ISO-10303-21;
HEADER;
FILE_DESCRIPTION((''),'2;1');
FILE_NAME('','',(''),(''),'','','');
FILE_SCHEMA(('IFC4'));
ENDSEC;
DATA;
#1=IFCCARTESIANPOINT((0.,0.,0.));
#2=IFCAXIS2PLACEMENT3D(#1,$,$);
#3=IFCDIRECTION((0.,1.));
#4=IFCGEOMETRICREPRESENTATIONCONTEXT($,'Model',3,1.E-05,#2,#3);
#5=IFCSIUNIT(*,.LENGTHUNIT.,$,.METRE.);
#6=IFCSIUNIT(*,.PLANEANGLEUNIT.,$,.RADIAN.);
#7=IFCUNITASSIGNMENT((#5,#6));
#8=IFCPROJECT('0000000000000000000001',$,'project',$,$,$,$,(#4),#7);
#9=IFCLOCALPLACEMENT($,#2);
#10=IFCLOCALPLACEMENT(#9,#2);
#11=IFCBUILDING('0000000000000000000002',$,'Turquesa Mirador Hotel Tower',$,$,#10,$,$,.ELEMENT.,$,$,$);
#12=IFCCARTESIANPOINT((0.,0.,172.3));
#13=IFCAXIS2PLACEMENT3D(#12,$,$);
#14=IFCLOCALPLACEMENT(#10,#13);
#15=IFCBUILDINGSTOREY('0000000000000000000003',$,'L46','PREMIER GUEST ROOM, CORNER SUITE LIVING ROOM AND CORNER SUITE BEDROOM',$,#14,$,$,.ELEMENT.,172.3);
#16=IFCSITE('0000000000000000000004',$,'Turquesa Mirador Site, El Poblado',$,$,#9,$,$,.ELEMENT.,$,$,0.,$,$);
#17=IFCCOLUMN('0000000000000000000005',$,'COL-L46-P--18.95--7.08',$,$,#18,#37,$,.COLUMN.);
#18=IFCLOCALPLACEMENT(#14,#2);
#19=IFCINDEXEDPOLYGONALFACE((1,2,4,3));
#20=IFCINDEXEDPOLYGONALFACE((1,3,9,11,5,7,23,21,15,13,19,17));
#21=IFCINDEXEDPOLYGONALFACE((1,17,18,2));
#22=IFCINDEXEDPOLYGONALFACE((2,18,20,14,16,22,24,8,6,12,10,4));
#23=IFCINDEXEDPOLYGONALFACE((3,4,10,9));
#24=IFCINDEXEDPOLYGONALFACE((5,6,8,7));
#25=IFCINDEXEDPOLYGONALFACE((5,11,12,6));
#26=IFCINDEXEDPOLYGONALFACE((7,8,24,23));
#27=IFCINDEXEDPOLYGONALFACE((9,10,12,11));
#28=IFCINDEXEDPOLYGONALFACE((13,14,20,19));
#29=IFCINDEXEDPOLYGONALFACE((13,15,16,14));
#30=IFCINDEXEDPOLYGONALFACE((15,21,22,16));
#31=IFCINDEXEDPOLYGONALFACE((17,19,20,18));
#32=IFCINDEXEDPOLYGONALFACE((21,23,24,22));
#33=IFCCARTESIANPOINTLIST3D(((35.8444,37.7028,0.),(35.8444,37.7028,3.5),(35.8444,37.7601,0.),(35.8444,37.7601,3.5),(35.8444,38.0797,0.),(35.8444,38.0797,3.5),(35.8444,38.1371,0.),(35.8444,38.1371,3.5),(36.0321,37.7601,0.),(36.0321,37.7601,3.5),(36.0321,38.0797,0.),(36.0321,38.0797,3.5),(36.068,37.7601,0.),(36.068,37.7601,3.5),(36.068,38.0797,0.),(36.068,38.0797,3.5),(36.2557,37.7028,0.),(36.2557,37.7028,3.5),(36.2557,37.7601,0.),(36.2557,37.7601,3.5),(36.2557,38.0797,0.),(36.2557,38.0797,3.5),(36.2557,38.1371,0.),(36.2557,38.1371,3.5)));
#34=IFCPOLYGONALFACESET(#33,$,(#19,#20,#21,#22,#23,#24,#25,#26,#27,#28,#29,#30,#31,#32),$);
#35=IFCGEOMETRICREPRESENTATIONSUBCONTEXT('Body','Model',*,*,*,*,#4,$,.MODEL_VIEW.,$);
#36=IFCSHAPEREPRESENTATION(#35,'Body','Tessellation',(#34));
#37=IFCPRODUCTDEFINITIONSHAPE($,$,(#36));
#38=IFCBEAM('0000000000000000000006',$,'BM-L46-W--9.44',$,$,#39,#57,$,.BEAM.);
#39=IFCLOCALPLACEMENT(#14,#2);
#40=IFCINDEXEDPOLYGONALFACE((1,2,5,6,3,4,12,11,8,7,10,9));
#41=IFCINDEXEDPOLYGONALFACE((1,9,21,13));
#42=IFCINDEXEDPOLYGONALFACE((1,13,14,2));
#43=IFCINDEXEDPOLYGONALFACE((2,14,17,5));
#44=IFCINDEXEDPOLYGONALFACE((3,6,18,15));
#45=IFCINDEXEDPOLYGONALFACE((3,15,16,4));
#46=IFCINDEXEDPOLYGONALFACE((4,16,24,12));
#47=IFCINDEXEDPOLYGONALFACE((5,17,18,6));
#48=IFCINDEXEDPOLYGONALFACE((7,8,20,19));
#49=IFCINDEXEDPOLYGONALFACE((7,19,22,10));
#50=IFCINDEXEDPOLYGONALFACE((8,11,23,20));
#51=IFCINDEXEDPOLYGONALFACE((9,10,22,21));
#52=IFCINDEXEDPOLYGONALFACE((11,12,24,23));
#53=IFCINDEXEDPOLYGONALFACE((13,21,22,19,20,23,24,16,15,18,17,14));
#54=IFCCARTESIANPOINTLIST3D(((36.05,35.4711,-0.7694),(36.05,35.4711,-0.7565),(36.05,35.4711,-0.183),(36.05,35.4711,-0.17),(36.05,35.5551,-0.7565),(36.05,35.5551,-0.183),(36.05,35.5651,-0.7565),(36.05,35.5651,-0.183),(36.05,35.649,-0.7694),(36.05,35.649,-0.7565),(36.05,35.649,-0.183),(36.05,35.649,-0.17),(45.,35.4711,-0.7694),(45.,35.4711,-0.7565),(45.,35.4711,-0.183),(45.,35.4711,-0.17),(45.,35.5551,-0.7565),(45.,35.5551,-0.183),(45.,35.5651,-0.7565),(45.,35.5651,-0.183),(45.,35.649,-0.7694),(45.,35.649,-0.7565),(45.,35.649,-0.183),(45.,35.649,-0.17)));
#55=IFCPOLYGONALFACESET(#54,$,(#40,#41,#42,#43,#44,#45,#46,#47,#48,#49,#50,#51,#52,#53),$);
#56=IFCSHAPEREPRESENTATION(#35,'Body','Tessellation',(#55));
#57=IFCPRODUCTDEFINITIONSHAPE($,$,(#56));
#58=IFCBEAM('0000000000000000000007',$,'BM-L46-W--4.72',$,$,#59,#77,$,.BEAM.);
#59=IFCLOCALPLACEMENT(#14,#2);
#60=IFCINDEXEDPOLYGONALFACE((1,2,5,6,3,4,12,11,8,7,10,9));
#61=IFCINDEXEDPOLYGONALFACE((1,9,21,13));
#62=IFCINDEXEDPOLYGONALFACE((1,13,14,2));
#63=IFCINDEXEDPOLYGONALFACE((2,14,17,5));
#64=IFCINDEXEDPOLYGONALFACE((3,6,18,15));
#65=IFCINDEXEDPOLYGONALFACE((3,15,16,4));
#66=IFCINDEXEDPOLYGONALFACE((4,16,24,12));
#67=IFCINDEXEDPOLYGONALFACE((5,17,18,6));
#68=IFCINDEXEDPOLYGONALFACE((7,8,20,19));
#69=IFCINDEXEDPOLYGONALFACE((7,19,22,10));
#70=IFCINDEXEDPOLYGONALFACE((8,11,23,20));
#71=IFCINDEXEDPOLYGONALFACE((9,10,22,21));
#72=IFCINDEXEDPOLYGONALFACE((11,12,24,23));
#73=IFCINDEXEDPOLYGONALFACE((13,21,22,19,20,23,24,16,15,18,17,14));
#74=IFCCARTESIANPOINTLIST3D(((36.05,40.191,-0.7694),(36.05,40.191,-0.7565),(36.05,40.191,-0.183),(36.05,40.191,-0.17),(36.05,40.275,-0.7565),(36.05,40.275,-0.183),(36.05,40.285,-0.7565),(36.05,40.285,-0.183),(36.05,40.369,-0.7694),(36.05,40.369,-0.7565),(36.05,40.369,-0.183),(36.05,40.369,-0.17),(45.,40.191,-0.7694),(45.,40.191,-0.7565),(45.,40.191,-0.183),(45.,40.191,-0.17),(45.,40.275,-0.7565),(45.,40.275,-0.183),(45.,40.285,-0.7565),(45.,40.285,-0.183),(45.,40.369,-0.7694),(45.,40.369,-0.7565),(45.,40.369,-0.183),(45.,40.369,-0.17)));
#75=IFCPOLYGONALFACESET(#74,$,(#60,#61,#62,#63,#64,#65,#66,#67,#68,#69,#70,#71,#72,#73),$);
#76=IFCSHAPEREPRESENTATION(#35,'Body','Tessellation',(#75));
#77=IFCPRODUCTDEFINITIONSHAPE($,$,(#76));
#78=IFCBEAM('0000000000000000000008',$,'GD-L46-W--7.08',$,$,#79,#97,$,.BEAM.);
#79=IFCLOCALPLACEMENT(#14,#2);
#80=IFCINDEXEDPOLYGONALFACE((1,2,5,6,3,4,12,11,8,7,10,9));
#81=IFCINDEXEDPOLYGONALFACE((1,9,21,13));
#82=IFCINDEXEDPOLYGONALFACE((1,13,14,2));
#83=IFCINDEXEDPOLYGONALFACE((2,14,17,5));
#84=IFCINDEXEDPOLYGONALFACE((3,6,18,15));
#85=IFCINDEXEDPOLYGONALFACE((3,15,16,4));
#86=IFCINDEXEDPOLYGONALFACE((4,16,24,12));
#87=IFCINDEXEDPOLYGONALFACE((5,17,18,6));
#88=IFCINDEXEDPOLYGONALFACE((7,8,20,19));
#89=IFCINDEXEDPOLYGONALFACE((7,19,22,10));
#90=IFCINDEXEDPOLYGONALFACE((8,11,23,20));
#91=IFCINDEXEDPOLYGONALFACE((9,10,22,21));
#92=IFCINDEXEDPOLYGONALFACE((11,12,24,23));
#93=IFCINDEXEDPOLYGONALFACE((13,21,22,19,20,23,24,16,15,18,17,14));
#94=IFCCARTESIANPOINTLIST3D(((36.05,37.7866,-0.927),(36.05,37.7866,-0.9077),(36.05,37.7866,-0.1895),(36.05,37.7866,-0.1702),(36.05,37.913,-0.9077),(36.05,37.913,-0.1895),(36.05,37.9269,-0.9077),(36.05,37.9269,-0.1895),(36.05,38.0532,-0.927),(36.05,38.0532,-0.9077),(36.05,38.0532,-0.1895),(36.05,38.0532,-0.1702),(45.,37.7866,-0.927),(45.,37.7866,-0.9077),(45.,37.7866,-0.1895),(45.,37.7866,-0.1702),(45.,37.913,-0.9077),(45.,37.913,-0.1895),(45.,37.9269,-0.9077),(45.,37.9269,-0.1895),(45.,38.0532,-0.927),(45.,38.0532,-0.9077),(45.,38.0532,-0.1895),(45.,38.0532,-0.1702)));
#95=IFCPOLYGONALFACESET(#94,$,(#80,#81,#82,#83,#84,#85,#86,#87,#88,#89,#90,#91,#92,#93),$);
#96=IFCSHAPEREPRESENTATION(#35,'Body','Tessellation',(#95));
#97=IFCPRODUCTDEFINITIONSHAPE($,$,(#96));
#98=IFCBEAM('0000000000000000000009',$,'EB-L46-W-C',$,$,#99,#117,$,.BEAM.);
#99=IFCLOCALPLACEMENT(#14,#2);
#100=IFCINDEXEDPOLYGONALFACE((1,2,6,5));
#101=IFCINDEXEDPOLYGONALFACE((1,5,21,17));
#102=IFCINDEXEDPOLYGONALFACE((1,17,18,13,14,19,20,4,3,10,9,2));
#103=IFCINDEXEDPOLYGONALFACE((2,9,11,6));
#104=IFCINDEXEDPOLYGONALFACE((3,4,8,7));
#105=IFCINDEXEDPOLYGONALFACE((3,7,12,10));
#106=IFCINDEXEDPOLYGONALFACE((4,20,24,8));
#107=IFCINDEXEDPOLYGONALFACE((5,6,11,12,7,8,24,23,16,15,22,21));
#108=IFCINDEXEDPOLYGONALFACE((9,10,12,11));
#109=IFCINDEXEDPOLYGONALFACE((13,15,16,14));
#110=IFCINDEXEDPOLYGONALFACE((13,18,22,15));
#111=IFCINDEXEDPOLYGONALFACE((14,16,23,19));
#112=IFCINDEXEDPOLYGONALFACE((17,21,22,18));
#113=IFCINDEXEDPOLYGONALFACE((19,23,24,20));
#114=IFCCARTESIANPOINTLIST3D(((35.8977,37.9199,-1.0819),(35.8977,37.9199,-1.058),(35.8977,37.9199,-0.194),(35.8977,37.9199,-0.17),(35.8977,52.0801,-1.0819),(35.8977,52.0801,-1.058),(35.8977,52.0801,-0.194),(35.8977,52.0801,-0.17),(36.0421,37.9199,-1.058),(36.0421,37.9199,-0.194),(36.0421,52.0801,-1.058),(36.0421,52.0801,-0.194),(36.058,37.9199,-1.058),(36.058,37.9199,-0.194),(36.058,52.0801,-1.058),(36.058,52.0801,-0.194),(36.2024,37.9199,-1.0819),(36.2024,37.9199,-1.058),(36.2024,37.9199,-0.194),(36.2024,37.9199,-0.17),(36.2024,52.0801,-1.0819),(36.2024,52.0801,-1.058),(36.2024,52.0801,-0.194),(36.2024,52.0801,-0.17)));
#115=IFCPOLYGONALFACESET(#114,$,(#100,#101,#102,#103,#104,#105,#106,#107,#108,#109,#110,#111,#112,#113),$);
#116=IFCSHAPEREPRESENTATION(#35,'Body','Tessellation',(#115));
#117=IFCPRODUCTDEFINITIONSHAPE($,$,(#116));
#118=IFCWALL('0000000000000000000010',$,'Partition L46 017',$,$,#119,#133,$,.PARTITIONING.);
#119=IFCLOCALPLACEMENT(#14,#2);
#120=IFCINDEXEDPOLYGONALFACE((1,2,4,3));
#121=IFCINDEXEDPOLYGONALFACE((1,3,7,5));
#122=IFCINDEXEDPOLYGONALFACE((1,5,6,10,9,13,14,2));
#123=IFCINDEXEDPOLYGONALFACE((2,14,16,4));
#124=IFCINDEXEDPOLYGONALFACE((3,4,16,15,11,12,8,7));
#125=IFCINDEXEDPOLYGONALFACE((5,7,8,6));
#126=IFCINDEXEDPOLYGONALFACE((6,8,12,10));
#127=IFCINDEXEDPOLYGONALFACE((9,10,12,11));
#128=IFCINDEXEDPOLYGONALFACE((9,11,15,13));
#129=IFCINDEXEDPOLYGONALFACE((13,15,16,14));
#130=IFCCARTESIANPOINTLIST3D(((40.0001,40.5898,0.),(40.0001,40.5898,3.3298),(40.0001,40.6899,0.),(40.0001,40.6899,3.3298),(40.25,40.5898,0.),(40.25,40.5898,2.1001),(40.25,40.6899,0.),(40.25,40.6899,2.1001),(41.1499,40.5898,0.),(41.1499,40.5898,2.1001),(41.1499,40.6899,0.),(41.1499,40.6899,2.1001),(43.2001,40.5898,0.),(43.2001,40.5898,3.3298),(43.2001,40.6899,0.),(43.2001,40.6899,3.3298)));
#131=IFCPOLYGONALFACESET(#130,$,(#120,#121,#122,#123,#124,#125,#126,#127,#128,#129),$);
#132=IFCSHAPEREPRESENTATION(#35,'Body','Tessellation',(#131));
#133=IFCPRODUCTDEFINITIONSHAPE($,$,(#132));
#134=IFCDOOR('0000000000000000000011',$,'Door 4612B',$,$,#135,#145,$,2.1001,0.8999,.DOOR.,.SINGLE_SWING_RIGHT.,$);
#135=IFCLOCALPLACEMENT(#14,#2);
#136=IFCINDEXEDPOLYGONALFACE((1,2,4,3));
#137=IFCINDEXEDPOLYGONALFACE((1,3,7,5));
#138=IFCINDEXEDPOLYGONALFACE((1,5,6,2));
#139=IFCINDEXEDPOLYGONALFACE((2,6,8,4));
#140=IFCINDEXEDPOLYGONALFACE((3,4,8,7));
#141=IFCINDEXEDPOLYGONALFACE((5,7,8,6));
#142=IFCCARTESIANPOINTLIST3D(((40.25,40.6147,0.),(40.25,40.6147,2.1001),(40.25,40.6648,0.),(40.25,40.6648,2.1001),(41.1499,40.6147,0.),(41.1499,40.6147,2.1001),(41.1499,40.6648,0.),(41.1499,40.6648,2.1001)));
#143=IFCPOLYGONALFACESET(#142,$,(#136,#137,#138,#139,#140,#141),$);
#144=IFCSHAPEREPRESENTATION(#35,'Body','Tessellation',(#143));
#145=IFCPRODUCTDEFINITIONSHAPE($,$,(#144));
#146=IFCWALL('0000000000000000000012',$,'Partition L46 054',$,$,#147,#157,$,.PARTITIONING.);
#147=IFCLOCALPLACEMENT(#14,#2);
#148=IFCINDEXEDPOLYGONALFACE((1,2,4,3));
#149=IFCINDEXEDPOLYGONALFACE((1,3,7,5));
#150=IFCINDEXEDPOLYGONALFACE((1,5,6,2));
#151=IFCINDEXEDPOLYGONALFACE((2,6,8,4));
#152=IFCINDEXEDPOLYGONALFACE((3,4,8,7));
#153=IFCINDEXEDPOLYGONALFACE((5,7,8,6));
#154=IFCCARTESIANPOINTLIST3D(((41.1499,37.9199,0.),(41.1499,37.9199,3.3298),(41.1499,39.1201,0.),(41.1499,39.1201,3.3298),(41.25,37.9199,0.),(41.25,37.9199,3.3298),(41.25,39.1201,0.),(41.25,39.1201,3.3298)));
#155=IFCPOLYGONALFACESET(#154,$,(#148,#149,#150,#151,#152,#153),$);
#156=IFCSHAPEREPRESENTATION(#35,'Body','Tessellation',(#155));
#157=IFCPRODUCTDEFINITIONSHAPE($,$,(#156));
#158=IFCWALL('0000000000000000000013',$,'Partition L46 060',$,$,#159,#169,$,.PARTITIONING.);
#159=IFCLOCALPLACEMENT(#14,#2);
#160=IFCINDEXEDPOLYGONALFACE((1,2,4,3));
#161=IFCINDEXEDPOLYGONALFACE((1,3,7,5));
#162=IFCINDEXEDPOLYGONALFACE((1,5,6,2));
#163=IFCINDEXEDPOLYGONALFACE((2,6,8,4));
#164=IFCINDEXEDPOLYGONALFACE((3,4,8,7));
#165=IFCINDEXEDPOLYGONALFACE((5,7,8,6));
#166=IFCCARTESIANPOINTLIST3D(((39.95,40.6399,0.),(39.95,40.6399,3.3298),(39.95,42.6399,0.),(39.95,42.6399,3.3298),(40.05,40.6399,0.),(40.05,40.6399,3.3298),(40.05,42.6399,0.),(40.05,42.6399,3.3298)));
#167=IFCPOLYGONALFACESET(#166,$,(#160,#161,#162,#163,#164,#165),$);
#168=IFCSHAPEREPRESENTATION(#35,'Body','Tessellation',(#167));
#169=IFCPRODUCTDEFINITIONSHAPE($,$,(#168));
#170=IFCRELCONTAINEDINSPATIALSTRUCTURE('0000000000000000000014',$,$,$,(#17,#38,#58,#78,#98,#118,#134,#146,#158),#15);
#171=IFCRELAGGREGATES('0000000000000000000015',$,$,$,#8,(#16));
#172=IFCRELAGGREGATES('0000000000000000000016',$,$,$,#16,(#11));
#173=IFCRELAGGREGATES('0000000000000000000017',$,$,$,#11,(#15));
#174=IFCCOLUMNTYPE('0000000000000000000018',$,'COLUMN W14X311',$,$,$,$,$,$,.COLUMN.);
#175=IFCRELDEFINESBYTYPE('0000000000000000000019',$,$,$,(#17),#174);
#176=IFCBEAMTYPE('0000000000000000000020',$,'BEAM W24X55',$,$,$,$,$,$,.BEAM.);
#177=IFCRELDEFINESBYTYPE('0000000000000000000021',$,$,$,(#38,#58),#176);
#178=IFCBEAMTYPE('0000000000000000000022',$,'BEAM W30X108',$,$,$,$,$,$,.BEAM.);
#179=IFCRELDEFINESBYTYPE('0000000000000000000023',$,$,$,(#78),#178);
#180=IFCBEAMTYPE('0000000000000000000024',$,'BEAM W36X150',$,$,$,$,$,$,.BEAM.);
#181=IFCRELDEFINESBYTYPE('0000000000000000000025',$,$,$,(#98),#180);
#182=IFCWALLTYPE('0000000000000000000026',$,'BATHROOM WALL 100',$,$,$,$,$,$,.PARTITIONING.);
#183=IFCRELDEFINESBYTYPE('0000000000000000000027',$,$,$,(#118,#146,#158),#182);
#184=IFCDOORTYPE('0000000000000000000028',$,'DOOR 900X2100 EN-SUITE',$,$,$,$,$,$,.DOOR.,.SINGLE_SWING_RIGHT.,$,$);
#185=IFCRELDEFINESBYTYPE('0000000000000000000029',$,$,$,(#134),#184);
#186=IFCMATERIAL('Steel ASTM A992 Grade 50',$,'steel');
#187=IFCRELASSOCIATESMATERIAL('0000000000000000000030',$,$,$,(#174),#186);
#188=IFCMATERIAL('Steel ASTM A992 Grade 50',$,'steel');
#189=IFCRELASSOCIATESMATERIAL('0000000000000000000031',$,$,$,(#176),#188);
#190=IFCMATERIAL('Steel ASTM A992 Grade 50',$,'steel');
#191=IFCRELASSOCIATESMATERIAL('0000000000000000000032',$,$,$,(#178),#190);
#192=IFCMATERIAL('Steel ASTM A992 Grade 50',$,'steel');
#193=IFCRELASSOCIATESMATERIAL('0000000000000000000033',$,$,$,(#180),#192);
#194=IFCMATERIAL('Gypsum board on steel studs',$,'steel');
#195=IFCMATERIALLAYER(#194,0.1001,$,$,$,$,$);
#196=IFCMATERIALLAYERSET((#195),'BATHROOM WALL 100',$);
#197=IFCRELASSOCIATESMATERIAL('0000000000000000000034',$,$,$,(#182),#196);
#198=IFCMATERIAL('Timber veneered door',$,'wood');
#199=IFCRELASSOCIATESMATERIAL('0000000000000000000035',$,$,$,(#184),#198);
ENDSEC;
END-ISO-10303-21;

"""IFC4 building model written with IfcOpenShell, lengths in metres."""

from ifc_helpers import new_model, si_unit, direction, frame, frame_2d, origin, origin_2d, place, context, subcontext, project, spatial, rectangle, i_section, extrude, material, layer, layer_set, material_profile, profile_set, type_object, element, fill, save


model = new_model("IFC4")

# Units and contexts
model_context = context("Model", 3, precision=1e-05, world=origin(), true_north=direction((0.0, 1.0)))
body_context = subcontext(model_context, "Body", "Model", "MODEL_VIEW")
ifc_project = project(units=[si_unit("LENGTHUNIT", "METRE"), si_unit("PLANEANGLEUNIT", "RADIAN")], contexts=[model_context])

# Site, building, storey
site_placement = place(None, origin())
site = spatial("IfcSite", under=ifc_project, at=site_placement, Name="Turquesa Mirador Site, El Poblado", CompositionType="ELEMENT", RefElevation=0.0)
building_placement = place(site_placement, origin())
building = spatial("IfcBuilding", under=site, at=building_placement, Name="Turquesa Mirador Hotel Tower", CompositionType="ELEMENT")
storey_placement = place(building_placement, frame((0.0, 0.0, 172.3)))
storey = spatial("IfcBuildingStorey", under=building, at=storey_placement, Name="L46", Description="PREMIER GUEST ROOM, CORNER SUITE LIVING ROOM AND CORNER SUITE BEDROOM", CompositionType="ELEMENT", Elevation=172.3)

# Column
ifc_material_1 = material(Name="Steel ASTM A992 Grade 50", Category="steel")
ifc_material_profile_1 = material_profile(ifc_material_1, i_section(OverallWidth=0.4114, OverallDepth=0.4343, WebThickness=0.0359, FlangeThickness=0.0574, at=origin_2d()), Name="W14X311")
ifc_profile_set_1 = profile_set([ifc_material_profile_1], Name="Steel ASTM A992 Grade 50")
column_type = type_object("IfcColumnType", Name="COLUMN W14X311", PredefinedType="COLUMN", material=ifc_profile_set_1)
column_placement = place(storey_placement, frame((36.05, 37.9199, 0.0), z_axis=(0.0, 0.0, 1.0), x_axis=(1.0, 0.0, 0.0)))
element("IfcColumn", 1, at=column_placement, inside=storey, type_object=column_type, Name="COL-L46-P--18.95--7.08", PredefinedType="COLUMN", context=body_context, shape_type="SweptSolid", body=[
    extrude(i_section(OverallWidth=0.4114, OverallDepth=0.4343, WebThickness=0.0359, FlangeThickness=0.0574, at=origin_2d()), origin(), (0.0, 0.0, 1.0), 3.5),
])

# Beams
ifc_material_2 = material(Name="Steel ASTM A992 Grade 50", Category="steel")
ifc_material_profile_2 = material_profile(ifc_material_2, i_section(OverallWidth=0.178, OverallDepth=0.5994, WebThickness=0.01, FlangeThickness=0.0129, at=origin_2d()), Name="W24X55")
ifc_profile_set_2 = profile_set([ifc_material_profile_2], Name="Steel ASTM A992 Grade 50")
beam_type_1 = type_object("IfcBeamType", Name="BEAM W24X55", PredefinedType="BEAM", material=ifc_profile_set_2)
for number, where, z_axis, x_axis, name in (
    (2, (36.05, 35.5601, -0.4697), (1.0, 0.0, 0.0), (0.0, 1.0, 0.0), "BM-L46-W--9.44"),
    (3, (36.05, 40.28, -0.4697), (1.0, 0.0, 0.0), (0.0, 1.0, 0.0), "BM-L46-W--4.72"),
):
    element("IfcBeam", number, at=place(storey_placement, frame(where, z_axis=z_axis, x_axis=x_axis)), inside=storey, type_object=beam_type_1, Name=name, PredefinedType="BEAM", context=body_context, shape_type="SweptSolid", body=[
        extrude(i_section(OverallWidth=0.178, OverallDepth=0.5994, WebThickness=0.01, FlangeThickness=0.0129, at=origin_2d()), origin(), (0.0, 0.0, 1.0), 8.95),
    ])
ifc_material_3 = material(Name="Steel ASTM A992 Grade 50", Category="steel")
ifc_material_profile_3 = material_profile(ifc_material_3, i_section(OverallWidth=0.2666, OverallDepth=0.7568, WebThickness=0.0139, FlangeThickness=0.0193, at=origin_2d()), Name="W30X108")
ifc_profile_set_3 = profile_set([ifc_material_profile_3], Name="Steel ASTM A992 Grade 50")
beam_type_2 = type_object("IfcBeamType", Name="BEAM W30X108", PredefinedType="BEAM", material=ifc_profile_set_3)
beam_1_placement = place(storey_placement, frame((36.05, 37.9199, -0.5486), z_axis=(1.0, 0.0, 0.0), x_axis=(0.0, 1.0, 0.0)))
element("IfcBeam", 4, at=beam_1_placement, inside=storey, type_object=beam_type_2, Name="GD-L46-W--7.08", PredefinedType="BEAM", context=body_context, shape_type="SweptSolid", body=[
    extrude(i_section(OverallWidth=0.2666, OverallDepth=0.7568, WebThickness=0.0139, FlangeThickness=0.0193, at=origin_2d()), origin(), (0.0, 0.0, 1.0), 8.95),
])
ifc_material_4 = material(Name="Steel ASTM A992 Grade 50", Category="steel")
ifc_material_profile_4 = material_profile(ifc_material_4, i_section(OverallWidth=0.3047, OverallDepth=0.9119, WebThickness=0.0159, FlangeThickness=0.0239, at=origin_2d()), Name="W36X150")
ifc_profile_set_4 = profile_set([ifc_material_profile_4], Name="Steel ASTM A992 Grade 50")
beam_type_3 = type_object("IfcBeamType", Name="BEAM W36X150", PredefinedType="BEAM", material=ifc_profile_set_4)
beam_2_placement = place(storey_placement, frame((36.05, 37.9199, -0.626), z_axis=(0.0, 1.0, 0.0), x_axis=(-1.0, 0.0, 0.0)))
element("IfcBeam", 5, at=beam_2_placement, inside=storey, type_object=beam_type_3, Name="EB-L46-W-C", PredefinedType="BEAM", context=body_context, shape_type="SweptSolid", body=[
    extrude(i_section(OverallWidth=0.3047, OverallDepth=0.9119, WebThickness=0.0159, FlangeThickness=0.0239, at=origin_2d()), origin(), (0.0, 0.0, 1.0), 14.1602),
])

# Wall, opening, door
ifc_material_5 = material(Name="Gypsum board on steel studs", Category="steel")
ifc_layer = layer(ifc_material_5, 0.1001)
ifc_layer_set = layer_set([ifc_layer], Name="BATHROOM WALL 100")
wall_type = type_object("IfcWallType", Name="BATHROOM WALL 100", PredefinedType="PARTITIONING", material=ifc_layer_set)
wall_1_placement = place(storey_placement, frame((40.0, 40.6399, 0.0), z_axis=(0.0, 0.0, 1.0), x_axis=(1.0, 0.0, 0.0)))
wall_1 = element("IfcWall", 6, at=wall_1_placement, inside=storey, type_object=wall_type, Name="Partition L46 017", PredefinedType="PARTITIONING", context=body_context, shape_type="SweptSolid", body=[
    extrude(rectangle(XDim=3.2, YDim=0.1001, at=frame_2d((1.6001, 0.0))), origin(), (0.0, 0.0, 1.0), 3.3298),
])
opening_placement = place(wall_1_placement, frame((0.25, 0.0, 0.0)))
opening = element("IfcOpeningElement", 7, at=opening_placement, cuts=wall_1, PredefinedType="OPENING", context=body_context, shape_type="SweptSolid", body=[
    extrude(rectangle(XDim=0.8999, YDim=2.1001, at=frame_2d((0.45, 1.05))), frame((0.0, 0.0601, 0.0), z_axis=(0.0, -1.0, 0.0), x_axis=(1.0, 0.0, 0.0)), (0.0, 0.0, 1.0), 0.1201),
])
ifc_material_6 = material(Name="Timber veneered door", Category="wood")
door_type = type_object("IfcDoorType", Name="DOOR 900X2100 EN-SUITE", OperationType="SINGLE_SWING_RIGHT", PredefinedType="DOOR", material=ifc_material_6)
door_placement = place(opening_placement, origin())
door = element("IfcDoor", 8, at=door_placement, inside=storey, type_object=door_type, Name="Door 4612B", OperationType="SINGLE_SWING_RIGHT", OverallHeight=2.1001, OverallWidth=0.8999, PredefinedType="DOOR", context=body_context, shape_type="SweptSolid", body=[
    extrude(rectangle(XDim=0.8999, YDim=2.1001, at=frame_2d((0.45, 1.05))), frame((0.0, 0.0249, 0.0), z_axis=(0.0, -1.0, 0.0), x_axis=(1.0, 0.0, 0.0)), (0.0, 0.0, 1.0), 0.05),
])
fill(opening, door)

# Walls
wall_2_placement = place(storey_placement, frame((41.2, 37.9199, 0.0), z_axis=(0.0, 0.0, 1.0), x_axis=(0.0, 1.0, 0.0)))
element("IfcWall", 9, at=wall_2_placement, inside=storey, type_object=wall_type, Name="Partition L46 054", PredefinedType="PARTITIONING", context=body_context, shape_type="SweptSolid", body=[
    extrude(rectangle(XDim=1.2002, YDim=0.1001, at=frame_2d((0.6001, 0.0))), origin(), (0.0, 0.0, 1.0), 3.3298),
])
wall_3_placement = place(storey_placement, frame((40.0, 40.6399, 0.0), z_axis=(0.0, 0.0, 1.0), x_axis=(0.0, 1.0, 0.0)))
element("IfcWall", 10, at=wall_3_placement, inside=storey, type_object=wall_type, Name="Partition L46 060", PredefinedType="PARTITIONING", context=body_context, shape_type="SweptSolid", body=[
    extrude(rectangle(XDim=2.0, YDim=0.1001, at=frame_2d((1.0, 0.0))), origin(), (0.0, 0.0, 1.0), 3.3298),
])

save(model, "model.ifc")
